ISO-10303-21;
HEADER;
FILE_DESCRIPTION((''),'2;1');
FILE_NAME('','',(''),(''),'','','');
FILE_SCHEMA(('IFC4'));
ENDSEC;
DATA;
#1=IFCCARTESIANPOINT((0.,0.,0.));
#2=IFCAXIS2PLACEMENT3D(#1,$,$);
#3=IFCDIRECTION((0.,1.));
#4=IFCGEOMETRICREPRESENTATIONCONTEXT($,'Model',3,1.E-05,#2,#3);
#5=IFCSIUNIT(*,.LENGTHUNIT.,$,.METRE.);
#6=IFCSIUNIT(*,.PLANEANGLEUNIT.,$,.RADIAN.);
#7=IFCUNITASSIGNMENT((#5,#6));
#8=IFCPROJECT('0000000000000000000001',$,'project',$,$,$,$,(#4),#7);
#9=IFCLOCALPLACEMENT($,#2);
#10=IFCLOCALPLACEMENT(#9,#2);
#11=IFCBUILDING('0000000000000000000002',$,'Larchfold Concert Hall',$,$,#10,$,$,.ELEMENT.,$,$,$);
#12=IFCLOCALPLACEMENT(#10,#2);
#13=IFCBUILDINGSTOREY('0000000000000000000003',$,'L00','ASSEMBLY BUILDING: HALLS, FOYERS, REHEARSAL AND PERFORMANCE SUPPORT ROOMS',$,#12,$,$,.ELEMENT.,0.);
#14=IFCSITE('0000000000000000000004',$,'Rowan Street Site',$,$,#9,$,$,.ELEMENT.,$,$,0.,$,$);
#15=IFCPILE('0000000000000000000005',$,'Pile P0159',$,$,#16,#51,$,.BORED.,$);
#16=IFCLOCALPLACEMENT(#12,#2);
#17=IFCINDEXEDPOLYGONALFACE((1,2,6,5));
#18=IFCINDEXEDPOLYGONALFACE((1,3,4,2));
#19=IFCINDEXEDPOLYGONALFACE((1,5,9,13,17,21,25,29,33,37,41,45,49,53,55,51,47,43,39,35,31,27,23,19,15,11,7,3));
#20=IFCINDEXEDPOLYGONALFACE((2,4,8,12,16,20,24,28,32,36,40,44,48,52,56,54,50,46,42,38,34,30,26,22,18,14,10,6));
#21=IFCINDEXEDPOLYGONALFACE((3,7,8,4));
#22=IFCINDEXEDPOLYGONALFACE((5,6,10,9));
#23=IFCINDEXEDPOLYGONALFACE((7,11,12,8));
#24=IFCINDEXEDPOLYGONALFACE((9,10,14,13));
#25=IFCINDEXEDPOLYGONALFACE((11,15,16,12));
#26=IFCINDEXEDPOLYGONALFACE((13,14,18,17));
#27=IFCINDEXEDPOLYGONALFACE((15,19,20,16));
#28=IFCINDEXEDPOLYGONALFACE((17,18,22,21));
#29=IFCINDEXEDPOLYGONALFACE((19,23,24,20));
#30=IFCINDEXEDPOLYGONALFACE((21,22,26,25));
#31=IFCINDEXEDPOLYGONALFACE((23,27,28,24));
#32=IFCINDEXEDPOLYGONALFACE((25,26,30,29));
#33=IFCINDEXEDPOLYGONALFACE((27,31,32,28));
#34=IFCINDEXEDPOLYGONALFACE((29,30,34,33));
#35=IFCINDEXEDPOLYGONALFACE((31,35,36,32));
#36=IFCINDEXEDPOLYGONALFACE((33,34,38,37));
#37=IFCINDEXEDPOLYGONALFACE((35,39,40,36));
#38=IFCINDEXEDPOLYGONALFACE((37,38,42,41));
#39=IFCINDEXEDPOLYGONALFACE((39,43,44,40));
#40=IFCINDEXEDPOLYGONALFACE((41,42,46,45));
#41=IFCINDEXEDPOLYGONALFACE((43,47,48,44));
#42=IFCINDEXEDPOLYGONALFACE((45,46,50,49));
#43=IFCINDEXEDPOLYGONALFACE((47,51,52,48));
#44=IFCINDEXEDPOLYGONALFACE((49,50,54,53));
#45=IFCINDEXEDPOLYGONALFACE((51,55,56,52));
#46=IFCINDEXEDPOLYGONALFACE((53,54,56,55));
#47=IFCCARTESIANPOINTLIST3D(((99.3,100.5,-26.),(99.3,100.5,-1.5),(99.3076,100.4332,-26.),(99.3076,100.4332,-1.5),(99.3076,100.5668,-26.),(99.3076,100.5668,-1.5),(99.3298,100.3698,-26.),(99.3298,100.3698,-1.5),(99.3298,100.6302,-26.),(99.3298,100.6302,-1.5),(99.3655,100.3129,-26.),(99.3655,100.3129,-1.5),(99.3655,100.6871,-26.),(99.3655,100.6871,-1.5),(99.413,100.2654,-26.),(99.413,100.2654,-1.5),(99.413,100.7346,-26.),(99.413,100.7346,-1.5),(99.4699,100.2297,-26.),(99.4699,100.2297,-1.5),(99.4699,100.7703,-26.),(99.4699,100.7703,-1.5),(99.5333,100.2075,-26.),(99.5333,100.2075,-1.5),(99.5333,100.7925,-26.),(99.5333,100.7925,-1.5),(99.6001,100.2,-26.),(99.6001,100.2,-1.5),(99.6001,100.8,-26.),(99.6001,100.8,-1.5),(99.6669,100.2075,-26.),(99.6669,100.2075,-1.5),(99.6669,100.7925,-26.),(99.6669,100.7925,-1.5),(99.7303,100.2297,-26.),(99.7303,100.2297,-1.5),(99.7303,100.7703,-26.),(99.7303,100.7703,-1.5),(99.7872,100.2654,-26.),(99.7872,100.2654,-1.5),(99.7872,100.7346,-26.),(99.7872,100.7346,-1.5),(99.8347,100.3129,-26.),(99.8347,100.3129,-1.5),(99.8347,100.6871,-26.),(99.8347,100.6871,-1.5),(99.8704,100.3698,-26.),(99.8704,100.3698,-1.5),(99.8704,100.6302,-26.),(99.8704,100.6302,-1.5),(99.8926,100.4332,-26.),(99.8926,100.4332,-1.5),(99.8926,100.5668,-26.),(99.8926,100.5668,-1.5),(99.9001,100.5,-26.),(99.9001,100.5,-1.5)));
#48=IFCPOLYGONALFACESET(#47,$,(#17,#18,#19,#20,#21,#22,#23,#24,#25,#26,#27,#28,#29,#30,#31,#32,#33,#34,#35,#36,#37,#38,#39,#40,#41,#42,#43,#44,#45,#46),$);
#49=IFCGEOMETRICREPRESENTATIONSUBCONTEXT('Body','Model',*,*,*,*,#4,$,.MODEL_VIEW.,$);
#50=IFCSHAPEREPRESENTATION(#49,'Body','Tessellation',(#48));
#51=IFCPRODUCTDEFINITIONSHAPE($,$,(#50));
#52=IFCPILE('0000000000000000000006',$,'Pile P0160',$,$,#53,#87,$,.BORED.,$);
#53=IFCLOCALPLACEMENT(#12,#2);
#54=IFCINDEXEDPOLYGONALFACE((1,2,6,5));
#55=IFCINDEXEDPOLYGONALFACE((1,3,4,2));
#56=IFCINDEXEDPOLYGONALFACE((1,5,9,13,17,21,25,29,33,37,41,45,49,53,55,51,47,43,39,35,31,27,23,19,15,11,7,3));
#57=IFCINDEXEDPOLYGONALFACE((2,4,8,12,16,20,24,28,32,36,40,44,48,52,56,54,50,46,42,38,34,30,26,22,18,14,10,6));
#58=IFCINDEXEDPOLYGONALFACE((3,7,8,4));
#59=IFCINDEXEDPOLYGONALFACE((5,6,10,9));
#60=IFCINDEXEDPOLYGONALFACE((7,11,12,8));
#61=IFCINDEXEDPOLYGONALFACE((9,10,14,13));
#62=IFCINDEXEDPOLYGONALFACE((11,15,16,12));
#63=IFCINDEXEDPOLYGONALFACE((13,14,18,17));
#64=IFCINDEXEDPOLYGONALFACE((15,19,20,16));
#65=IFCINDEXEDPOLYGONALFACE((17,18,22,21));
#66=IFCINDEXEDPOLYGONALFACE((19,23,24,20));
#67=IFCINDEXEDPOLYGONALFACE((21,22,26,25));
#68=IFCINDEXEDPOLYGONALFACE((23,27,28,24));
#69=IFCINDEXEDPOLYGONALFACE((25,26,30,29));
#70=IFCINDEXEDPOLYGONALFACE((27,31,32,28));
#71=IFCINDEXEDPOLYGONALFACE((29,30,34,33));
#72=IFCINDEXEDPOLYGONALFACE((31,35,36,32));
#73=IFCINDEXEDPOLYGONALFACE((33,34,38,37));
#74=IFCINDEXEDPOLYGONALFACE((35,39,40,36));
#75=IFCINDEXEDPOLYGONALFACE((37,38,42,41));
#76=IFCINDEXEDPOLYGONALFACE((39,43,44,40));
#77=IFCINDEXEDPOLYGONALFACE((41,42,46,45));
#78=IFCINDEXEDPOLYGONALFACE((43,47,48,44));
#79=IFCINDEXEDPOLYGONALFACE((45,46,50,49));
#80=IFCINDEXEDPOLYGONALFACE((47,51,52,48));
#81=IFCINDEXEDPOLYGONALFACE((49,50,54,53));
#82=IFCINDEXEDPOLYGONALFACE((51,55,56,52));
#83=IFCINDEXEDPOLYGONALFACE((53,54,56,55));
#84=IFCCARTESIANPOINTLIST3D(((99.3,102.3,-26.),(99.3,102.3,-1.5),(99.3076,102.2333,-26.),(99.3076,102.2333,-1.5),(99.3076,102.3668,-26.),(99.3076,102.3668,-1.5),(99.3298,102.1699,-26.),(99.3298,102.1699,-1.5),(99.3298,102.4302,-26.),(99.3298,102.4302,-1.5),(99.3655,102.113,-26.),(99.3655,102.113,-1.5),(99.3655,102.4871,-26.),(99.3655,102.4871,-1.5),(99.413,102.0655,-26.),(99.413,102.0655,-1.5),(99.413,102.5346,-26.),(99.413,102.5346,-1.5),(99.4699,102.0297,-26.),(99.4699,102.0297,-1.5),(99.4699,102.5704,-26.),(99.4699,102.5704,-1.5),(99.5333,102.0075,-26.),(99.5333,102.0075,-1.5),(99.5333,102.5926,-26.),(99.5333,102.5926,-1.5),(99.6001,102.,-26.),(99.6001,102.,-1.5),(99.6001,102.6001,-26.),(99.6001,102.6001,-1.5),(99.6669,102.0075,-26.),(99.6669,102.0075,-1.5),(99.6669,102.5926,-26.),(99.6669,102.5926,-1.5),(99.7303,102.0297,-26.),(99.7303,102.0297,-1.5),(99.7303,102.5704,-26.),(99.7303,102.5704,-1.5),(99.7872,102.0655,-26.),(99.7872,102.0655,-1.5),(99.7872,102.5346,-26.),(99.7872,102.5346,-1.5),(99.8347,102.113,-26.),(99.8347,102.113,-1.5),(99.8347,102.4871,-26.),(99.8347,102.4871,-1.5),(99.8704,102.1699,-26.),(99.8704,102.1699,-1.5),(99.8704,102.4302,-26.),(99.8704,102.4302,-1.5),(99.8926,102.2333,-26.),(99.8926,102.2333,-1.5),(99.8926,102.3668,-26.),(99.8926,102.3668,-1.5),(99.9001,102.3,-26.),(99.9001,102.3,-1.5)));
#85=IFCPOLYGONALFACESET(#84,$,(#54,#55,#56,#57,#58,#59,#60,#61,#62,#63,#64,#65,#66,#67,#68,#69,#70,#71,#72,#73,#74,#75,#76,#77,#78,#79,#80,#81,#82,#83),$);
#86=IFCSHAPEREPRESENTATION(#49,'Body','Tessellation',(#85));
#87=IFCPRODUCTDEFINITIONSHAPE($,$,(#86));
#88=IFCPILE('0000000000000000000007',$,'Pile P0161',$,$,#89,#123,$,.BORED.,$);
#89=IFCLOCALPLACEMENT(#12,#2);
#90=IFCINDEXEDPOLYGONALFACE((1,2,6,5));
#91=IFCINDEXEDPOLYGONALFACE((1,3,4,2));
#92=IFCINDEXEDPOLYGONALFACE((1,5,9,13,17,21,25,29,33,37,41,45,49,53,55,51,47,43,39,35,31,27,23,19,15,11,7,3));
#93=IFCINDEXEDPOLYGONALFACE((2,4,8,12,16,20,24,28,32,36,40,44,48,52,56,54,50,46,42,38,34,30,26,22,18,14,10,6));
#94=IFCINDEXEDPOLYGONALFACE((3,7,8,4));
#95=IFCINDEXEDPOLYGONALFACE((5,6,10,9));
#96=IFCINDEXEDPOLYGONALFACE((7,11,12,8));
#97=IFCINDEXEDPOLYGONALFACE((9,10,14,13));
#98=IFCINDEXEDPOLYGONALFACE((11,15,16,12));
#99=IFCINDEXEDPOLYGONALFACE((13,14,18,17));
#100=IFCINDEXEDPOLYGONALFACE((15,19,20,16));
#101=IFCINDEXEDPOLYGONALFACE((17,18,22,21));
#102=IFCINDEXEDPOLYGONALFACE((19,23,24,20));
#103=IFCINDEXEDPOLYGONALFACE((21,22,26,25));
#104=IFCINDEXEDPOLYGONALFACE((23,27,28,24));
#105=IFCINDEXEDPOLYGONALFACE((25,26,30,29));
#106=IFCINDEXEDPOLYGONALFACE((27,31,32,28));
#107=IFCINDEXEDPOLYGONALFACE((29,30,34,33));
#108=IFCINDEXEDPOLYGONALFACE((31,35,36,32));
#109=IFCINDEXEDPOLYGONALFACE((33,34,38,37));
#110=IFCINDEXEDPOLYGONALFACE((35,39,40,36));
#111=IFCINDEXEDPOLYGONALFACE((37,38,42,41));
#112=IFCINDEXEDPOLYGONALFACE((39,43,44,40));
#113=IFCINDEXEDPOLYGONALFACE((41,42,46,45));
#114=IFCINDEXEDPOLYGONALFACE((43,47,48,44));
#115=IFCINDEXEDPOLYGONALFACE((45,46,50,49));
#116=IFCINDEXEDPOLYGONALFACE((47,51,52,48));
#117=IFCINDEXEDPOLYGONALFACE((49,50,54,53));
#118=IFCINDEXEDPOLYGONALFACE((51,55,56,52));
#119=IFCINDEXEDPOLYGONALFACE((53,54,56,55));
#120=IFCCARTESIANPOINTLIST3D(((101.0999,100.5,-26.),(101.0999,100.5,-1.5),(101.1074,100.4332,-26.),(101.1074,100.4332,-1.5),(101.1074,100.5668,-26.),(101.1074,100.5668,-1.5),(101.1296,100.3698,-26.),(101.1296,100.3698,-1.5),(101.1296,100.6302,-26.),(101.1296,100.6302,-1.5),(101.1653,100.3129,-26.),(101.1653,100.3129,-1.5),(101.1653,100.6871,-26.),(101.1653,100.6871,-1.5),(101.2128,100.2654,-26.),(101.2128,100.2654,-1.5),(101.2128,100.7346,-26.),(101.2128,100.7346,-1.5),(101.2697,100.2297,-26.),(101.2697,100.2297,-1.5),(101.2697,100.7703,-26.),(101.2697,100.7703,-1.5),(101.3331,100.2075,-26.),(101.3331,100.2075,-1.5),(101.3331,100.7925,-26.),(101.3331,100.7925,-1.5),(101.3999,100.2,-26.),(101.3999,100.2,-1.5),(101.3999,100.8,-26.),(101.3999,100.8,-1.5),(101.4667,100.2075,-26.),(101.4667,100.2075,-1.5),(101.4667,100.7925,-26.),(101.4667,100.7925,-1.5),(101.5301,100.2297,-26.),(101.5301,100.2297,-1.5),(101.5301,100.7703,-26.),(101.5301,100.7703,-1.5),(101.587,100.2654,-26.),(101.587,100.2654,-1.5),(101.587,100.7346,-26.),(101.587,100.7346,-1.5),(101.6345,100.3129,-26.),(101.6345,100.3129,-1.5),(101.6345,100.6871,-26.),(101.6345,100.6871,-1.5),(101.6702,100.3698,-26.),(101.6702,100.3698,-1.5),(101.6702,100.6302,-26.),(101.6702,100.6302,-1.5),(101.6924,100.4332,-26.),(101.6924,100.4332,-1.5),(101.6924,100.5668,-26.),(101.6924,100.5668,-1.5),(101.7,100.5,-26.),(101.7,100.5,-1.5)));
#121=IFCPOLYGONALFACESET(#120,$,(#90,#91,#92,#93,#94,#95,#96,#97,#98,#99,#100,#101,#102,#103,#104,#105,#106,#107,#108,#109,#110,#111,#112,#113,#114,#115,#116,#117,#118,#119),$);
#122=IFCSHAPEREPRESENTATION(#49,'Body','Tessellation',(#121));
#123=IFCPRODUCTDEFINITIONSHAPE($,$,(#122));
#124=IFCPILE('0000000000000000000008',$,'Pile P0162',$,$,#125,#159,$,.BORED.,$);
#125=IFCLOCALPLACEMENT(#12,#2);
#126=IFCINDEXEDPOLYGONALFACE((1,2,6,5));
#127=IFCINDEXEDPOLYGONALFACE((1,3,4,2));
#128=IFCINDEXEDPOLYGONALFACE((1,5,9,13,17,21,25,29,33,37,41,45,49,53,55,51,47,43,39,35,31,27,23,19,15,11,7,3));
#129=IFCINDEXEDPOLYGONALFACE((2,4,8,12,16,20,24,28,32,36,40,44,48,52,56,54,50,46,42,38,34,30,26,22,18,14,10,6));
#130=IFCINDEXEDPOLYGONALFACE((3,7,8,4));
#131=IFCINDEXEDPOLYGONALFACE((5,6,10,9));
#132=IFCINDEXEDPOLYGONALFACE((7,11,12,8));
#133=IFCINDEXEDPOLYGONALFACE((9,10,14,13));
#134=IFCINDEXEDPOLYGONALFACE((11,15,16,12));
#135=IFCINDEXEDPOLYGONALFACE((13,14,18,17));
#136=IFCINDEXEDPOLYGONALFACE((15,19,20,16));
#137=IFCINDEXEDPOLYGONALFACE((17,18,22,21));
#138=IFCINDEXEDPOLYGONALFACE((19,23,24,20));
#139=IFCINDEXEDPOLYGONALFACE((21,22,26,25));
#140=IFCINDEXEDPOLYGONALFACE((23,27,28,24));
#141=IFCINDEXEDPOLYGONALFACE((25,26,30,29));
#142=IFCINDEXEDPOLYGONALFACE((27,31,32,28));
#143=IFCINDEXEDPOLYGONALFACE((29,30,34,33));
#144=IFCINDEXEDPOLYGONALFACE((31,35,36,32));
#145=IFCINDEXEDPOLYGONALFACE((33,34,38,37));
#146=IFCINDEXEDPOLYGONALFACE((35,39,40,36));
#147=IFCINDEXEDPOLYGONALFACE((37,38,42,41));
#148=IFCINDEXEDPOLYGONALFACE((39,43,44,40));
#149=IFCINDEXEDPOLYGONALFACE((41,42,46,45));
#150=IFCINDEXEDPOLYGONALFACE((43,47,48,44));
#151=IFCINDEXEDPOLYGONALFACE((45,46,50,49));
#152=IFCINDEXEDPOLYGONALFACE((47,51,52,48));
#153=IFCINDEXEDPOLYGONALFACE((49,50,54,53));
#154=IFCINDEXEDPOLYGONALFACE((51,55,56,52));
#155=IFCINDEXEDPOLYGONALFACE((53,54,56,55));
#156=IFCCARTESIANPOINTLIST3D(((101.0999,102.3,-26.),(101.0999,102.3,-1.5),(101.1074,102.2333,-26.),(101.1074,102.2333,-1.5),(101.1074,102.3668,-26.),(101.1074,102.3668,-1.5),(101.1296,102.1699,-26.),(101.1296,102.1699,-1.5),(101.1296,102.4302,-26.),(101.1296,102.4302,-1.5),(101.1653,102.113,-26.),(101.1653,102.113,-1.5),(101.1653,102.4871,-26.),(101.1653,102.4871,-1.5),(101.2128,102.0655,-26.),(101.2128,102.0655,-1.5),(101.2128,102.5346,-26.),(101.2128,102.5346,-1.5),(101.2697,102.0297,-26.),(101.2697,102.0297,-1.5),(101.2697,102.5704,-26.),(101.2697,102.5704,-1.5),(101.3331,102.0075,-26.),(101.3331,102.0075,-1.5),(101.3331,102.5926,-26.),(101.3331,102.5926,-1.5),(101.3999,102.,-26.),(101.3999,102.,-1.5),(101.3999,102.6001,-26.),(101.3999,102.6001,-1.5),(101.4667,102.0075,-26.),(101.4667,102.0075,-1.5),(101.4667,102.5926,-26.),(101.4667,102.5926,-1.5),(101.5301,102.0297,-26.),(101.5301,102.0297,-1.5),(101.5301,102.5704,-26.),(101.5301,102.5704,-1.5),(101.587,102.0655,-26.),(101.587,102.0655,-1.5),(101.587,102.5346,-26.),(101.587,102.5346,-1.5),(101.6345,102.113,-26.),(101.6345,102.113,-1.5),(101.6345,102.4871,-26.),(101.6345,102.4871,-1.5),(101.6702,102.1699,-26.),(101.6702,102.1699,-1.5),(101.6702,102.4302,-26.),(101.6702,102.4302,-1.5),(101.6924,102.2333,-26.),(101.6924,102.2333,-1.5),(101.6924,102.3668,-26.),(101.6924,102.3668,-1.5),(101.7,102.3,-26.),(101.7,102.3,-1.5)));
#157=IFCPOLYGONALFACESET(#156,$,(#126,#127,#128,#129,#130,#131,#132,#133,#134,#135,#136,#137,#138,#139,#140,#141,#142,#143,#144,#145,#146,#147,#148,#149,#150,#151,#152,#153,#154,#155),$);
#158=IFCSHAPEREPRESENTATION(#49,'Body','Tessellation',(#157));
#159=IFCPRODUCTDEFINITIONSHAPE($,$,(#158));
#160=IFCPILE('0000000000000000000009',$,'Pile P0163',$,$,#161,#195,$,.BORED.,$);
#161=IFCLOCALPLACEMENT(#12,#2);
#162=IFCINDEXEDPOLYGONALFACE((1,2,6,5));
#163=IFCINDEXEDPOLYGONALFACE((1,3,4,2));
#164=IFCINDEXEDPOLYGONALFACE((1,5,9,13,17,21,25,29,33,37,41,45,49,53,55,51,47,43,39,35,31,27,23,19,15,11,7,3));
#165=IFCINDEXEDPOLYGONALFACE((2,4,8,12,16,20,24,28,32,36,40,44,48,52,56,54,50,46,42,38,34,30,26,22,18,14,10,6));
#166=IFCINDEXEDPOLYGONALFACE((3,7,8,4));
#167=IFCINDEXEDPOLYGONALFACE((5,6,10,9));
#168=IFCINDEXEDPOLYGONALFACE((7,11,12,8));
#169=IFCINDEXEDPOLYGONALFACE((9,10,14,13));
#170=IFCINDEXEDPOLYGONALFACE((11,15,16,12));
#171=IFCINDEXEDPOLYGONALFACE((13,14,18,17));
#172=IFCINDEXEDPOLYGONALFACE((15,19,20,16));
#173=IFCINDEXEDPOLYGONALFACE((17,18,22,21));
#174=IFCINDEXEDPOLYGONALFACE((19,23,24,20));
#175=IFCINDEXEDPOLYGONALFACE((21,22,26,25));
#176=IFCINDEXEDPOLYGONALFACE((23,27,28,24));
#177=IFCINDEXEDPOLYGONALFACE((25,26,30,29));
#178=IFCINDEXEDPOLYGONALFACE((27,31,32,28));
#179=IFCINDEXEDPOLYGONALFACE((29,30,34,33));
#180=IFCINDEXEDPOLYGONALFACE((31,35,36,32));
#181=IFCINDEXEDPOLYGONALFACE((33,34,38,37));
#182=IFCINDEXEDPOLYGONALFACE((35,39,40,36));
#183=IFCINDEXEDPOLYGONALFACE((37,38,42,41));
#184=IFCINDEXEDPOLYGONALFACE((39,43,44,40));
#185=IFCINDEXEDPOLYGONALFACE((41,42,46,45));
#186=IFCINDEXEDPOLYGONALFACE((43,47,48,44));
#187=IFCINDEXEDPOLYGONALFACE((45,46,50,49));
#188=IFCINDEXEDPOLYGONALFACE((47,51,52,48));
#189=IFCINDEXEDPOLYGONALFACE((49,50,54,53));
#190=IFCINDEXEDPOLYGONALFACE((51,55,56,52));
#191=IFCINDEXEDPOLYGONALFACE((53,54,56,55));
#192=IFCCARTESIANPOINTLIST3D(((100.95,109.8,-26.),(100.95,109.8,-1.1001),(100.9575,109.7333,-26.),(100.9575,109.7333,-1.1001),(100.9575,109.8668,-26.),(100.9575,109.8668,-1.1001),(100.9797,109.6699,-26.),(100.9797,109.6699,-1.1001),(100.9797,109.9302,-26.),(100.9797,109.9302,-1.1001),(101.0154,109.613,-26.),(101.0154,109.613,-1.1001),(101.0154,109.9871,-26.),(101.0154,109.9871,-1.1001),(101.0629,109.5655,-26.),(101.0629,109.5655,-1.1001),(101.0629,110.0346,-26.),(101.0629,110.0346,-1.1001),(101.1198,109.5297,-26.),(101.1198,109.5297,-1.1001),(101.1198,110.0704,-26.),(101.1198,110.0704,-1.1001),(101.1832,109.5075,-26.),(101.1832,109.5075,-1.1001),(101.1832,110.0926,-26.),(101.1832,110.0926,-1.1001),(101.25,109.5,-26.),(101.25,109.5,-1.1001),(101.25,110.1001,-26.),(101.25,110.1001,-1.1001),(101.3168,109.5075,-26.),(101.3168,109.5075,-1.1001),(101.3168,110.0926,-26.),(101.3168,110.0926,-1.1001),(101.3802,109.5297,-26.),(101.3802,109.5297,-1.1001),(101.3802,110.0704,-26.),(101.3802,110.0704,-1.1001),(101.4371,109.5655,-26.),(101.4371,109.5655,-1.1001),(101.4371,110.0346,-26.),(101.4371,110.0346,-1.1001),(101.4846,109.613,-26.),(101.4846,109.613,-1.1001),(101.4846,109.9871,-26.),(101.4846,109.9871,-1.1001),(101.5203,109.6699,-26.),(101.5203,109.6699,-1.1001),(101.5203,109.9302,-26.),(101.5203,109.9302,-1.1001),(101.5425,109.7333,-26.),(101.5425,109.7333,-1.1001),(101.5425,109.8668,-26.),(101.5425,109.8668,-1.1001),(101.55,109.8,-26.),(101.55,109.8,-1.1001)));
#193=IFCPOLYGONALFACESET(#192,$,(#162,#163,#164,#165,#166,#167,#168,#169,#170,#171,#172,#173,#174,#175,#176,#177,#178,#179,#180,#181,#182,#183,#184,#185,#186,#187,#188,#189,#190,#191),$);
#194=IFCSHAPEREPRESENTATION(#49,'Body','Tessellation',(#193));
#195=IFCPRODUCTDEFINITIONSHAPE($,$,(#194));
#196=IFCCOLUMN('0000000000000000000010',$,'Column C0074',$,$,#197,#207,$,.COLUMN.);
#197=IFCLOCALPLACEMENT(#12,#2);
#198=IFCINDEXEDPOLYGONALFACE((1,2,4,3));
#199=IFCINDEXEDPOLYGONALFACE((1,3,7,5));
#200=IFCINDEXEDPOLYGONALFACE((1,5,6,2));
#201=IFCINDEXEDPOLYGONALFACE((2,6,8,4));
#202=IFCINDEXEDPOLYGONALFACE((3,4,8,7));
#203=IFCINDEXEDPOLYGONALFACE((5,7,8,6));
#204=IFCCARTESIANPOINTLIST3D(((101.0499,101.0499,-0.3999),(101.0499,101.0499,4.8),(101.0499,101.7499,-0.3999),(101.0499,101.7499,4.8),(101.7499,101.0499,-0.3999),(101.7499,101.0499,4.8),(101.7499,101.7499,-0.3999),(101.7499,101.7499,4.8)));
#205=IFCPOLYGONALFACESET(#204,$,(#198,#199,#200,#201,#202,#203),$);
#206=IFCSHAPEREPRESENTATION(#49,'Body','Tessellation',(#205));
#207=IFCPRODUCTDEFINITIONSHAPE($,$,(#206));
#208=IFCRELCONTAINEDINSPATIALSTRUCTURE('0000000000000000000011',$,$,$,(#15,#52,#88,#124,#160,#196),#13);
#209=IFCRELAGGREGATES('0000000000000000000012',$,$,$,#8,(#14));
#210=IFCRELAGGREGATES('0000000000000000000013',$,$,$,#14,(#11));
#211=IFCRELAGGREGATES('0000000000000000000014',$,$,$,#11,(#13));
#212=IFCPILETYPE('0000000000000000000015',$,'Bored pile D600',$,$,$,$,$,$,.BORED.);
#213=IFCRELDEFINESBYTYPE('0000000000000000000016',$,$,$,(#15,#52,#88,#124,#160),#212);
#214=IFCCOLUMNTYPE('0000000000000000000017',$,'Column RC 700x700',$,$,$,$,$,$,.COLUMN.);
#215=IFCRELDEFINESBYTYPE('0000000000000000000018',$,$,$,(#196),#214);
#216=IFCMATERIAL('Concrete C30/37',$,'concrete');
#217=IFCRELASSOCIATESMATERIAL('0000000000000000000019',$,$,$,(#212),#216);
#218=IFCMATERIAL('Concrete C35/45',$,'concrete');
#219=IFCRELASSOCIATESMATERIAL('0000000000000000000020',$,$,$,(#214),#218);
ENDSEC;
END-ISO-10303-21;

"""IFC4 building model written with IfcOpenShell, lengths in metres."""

from ifc_helpers import new_model, si_unit, direction, frame, origin, origin_2d, place, context, subcontext, project, spatial, rectangle, circle, extrude, material, material_profile, profile_set, type_object, element, save


model = new_model("IFC4")

# Units and contexts
model_context = context("Model", 3, precision=1e-05, world=origin(), true_north=direction((0.0, 1.0)))
body_context = subcontext(model_context, "Body", "Model", "MODEL_VIEW")
ifc_project = project(units=[si_unit("LENGTHUNIT", "METRE"), si_unit("PLANEANGLEUNIT", "RADIAN")], contexts=[model_context])

# Site, building, storey
site_placement = place(None, origin())
site = spatial("IfcSite", under=ifc_project, at=site_placement, Name="Rowan Street Site", CompositionType="ELEMENT", RefElevation=0.0)
building_placement = place(site_placement, origin())
building = spatial("IfcBuilding", under=site, at=building_placement, Name="Larchfold Concert Hall", CompositionType="ELEMENT")
storey_placement = place(building_placement, origin())
storey = spatial("IfcBuildingStorey", under=building, at=storey_placement, Name="L00", Description="ASSEMBLY BUILDING: HALLS, FOYERS, REHEARSAL AND PERFORMANCE SUPPORT ROOMS", CompositionType="ELEMENT", Elevation=0.0)

# Piles
ifc_material_1 = material(Name="Concrete C30/37", Category="concrete")
ifc_material_profile_1 = material_profile(ifc_material_1, circle(Radius=0.3, at=origin_2d()))
ifc_profile_set_1 = profile_set([ifc_material_profile_1], Name="Concrete C30/37")
pile_type = type_object("IfcPileType", Name="Bored pile D600", PredefinedType="BORED", material=ifc_profile_set_1)
for number, where, z_axis, x_axis, name in (
    (1, (99.6001, 100.5, -1.5), (0.0, 0.0, -1.0), (1.0, 0.0, 0.0), "Pile P0159"),
    (2, (99.6001, 102.3, -1.5), (0.0, 0.0, -1.0), (1.0, 0.0, 0.0), "Pile P0160"),
    (3, (101.3999, 100.5, -1.5), (0.0, 0.0, -1.0), (1.0, 0.0, 0.0), "Pile P0161"),
    (4, (101.3999, 102.3, -1.5), (0.0, 0.0, -1.0), (1.0, 0.0, 0.0), "Pile P0162"),
):
    element("IfcPile", number, at=place(storey_placement, frame(where, z_axis=z_axis, x_axis=x_axis)), inside=storey, type_object=pile_type, Name=name, PredefinedType="BORED", context=body_context, shape_type="SweptSolid", body=[
        extrude(circle(Radius=0.3, at=origin_2d()), origin(), (0.0, 0.0, 1.0), 24.5),
    ])
pile_placement = place(storey_placement, frame((101.25, 109.8, -1.1001), z_axis=(0.0, 0.0, -1.0), x_axis=(1.0, 0.0, 0.0)))
element("IfcPile", 5, at=pile_placement, inside=storey, type_object=pile_type, Name="Pile P0163", PredefinedType="BORED", context=body_context, shape_type="SweptSolid", body=[
    extrude(circle(Radius=0.3, at=origin_2d()), origin(), (0.0, 0.0, 1.0), 24.8999),
])

# Column
ifc_material_2 = material(Name="Concrete C35/45", Category="concrete")
ifc_material_profile_2 = material_profile(ifc_material_2, rectangle(XDim=0.7, YDim=0.7, at=origin_2d()))
ifc_profile_set_2 = profile_set([ifc_material_profile_2], Name="Concrete C35/45")
column_type_1 = type_object("IfcColumnType", Name="Column RC 700x700", PredefinedType="COLUMN", material=ifc_profile_set_2)
column_1_placement = place(storey_placement, frame((101.3999, 101.3999, -0.3999), z_axis=(0.0, 0.0, 1.0), x_axis=(1.0, 0.0, 0.0)))
element("IfcColumn", 6, at=column_1_placement, inside=storey, type_object=column_type_1, Name="Column C0074", PredefinedType="COLUMN", context=body_context, shape_type="SweptSolid", body=[
    extrude(rectangle(XDim=0.7, YDim=0.7, at=origin_2d()), origin(), (0.0, 0.0, 1.0), 5.2),
])

save(model, "model.ifc")
